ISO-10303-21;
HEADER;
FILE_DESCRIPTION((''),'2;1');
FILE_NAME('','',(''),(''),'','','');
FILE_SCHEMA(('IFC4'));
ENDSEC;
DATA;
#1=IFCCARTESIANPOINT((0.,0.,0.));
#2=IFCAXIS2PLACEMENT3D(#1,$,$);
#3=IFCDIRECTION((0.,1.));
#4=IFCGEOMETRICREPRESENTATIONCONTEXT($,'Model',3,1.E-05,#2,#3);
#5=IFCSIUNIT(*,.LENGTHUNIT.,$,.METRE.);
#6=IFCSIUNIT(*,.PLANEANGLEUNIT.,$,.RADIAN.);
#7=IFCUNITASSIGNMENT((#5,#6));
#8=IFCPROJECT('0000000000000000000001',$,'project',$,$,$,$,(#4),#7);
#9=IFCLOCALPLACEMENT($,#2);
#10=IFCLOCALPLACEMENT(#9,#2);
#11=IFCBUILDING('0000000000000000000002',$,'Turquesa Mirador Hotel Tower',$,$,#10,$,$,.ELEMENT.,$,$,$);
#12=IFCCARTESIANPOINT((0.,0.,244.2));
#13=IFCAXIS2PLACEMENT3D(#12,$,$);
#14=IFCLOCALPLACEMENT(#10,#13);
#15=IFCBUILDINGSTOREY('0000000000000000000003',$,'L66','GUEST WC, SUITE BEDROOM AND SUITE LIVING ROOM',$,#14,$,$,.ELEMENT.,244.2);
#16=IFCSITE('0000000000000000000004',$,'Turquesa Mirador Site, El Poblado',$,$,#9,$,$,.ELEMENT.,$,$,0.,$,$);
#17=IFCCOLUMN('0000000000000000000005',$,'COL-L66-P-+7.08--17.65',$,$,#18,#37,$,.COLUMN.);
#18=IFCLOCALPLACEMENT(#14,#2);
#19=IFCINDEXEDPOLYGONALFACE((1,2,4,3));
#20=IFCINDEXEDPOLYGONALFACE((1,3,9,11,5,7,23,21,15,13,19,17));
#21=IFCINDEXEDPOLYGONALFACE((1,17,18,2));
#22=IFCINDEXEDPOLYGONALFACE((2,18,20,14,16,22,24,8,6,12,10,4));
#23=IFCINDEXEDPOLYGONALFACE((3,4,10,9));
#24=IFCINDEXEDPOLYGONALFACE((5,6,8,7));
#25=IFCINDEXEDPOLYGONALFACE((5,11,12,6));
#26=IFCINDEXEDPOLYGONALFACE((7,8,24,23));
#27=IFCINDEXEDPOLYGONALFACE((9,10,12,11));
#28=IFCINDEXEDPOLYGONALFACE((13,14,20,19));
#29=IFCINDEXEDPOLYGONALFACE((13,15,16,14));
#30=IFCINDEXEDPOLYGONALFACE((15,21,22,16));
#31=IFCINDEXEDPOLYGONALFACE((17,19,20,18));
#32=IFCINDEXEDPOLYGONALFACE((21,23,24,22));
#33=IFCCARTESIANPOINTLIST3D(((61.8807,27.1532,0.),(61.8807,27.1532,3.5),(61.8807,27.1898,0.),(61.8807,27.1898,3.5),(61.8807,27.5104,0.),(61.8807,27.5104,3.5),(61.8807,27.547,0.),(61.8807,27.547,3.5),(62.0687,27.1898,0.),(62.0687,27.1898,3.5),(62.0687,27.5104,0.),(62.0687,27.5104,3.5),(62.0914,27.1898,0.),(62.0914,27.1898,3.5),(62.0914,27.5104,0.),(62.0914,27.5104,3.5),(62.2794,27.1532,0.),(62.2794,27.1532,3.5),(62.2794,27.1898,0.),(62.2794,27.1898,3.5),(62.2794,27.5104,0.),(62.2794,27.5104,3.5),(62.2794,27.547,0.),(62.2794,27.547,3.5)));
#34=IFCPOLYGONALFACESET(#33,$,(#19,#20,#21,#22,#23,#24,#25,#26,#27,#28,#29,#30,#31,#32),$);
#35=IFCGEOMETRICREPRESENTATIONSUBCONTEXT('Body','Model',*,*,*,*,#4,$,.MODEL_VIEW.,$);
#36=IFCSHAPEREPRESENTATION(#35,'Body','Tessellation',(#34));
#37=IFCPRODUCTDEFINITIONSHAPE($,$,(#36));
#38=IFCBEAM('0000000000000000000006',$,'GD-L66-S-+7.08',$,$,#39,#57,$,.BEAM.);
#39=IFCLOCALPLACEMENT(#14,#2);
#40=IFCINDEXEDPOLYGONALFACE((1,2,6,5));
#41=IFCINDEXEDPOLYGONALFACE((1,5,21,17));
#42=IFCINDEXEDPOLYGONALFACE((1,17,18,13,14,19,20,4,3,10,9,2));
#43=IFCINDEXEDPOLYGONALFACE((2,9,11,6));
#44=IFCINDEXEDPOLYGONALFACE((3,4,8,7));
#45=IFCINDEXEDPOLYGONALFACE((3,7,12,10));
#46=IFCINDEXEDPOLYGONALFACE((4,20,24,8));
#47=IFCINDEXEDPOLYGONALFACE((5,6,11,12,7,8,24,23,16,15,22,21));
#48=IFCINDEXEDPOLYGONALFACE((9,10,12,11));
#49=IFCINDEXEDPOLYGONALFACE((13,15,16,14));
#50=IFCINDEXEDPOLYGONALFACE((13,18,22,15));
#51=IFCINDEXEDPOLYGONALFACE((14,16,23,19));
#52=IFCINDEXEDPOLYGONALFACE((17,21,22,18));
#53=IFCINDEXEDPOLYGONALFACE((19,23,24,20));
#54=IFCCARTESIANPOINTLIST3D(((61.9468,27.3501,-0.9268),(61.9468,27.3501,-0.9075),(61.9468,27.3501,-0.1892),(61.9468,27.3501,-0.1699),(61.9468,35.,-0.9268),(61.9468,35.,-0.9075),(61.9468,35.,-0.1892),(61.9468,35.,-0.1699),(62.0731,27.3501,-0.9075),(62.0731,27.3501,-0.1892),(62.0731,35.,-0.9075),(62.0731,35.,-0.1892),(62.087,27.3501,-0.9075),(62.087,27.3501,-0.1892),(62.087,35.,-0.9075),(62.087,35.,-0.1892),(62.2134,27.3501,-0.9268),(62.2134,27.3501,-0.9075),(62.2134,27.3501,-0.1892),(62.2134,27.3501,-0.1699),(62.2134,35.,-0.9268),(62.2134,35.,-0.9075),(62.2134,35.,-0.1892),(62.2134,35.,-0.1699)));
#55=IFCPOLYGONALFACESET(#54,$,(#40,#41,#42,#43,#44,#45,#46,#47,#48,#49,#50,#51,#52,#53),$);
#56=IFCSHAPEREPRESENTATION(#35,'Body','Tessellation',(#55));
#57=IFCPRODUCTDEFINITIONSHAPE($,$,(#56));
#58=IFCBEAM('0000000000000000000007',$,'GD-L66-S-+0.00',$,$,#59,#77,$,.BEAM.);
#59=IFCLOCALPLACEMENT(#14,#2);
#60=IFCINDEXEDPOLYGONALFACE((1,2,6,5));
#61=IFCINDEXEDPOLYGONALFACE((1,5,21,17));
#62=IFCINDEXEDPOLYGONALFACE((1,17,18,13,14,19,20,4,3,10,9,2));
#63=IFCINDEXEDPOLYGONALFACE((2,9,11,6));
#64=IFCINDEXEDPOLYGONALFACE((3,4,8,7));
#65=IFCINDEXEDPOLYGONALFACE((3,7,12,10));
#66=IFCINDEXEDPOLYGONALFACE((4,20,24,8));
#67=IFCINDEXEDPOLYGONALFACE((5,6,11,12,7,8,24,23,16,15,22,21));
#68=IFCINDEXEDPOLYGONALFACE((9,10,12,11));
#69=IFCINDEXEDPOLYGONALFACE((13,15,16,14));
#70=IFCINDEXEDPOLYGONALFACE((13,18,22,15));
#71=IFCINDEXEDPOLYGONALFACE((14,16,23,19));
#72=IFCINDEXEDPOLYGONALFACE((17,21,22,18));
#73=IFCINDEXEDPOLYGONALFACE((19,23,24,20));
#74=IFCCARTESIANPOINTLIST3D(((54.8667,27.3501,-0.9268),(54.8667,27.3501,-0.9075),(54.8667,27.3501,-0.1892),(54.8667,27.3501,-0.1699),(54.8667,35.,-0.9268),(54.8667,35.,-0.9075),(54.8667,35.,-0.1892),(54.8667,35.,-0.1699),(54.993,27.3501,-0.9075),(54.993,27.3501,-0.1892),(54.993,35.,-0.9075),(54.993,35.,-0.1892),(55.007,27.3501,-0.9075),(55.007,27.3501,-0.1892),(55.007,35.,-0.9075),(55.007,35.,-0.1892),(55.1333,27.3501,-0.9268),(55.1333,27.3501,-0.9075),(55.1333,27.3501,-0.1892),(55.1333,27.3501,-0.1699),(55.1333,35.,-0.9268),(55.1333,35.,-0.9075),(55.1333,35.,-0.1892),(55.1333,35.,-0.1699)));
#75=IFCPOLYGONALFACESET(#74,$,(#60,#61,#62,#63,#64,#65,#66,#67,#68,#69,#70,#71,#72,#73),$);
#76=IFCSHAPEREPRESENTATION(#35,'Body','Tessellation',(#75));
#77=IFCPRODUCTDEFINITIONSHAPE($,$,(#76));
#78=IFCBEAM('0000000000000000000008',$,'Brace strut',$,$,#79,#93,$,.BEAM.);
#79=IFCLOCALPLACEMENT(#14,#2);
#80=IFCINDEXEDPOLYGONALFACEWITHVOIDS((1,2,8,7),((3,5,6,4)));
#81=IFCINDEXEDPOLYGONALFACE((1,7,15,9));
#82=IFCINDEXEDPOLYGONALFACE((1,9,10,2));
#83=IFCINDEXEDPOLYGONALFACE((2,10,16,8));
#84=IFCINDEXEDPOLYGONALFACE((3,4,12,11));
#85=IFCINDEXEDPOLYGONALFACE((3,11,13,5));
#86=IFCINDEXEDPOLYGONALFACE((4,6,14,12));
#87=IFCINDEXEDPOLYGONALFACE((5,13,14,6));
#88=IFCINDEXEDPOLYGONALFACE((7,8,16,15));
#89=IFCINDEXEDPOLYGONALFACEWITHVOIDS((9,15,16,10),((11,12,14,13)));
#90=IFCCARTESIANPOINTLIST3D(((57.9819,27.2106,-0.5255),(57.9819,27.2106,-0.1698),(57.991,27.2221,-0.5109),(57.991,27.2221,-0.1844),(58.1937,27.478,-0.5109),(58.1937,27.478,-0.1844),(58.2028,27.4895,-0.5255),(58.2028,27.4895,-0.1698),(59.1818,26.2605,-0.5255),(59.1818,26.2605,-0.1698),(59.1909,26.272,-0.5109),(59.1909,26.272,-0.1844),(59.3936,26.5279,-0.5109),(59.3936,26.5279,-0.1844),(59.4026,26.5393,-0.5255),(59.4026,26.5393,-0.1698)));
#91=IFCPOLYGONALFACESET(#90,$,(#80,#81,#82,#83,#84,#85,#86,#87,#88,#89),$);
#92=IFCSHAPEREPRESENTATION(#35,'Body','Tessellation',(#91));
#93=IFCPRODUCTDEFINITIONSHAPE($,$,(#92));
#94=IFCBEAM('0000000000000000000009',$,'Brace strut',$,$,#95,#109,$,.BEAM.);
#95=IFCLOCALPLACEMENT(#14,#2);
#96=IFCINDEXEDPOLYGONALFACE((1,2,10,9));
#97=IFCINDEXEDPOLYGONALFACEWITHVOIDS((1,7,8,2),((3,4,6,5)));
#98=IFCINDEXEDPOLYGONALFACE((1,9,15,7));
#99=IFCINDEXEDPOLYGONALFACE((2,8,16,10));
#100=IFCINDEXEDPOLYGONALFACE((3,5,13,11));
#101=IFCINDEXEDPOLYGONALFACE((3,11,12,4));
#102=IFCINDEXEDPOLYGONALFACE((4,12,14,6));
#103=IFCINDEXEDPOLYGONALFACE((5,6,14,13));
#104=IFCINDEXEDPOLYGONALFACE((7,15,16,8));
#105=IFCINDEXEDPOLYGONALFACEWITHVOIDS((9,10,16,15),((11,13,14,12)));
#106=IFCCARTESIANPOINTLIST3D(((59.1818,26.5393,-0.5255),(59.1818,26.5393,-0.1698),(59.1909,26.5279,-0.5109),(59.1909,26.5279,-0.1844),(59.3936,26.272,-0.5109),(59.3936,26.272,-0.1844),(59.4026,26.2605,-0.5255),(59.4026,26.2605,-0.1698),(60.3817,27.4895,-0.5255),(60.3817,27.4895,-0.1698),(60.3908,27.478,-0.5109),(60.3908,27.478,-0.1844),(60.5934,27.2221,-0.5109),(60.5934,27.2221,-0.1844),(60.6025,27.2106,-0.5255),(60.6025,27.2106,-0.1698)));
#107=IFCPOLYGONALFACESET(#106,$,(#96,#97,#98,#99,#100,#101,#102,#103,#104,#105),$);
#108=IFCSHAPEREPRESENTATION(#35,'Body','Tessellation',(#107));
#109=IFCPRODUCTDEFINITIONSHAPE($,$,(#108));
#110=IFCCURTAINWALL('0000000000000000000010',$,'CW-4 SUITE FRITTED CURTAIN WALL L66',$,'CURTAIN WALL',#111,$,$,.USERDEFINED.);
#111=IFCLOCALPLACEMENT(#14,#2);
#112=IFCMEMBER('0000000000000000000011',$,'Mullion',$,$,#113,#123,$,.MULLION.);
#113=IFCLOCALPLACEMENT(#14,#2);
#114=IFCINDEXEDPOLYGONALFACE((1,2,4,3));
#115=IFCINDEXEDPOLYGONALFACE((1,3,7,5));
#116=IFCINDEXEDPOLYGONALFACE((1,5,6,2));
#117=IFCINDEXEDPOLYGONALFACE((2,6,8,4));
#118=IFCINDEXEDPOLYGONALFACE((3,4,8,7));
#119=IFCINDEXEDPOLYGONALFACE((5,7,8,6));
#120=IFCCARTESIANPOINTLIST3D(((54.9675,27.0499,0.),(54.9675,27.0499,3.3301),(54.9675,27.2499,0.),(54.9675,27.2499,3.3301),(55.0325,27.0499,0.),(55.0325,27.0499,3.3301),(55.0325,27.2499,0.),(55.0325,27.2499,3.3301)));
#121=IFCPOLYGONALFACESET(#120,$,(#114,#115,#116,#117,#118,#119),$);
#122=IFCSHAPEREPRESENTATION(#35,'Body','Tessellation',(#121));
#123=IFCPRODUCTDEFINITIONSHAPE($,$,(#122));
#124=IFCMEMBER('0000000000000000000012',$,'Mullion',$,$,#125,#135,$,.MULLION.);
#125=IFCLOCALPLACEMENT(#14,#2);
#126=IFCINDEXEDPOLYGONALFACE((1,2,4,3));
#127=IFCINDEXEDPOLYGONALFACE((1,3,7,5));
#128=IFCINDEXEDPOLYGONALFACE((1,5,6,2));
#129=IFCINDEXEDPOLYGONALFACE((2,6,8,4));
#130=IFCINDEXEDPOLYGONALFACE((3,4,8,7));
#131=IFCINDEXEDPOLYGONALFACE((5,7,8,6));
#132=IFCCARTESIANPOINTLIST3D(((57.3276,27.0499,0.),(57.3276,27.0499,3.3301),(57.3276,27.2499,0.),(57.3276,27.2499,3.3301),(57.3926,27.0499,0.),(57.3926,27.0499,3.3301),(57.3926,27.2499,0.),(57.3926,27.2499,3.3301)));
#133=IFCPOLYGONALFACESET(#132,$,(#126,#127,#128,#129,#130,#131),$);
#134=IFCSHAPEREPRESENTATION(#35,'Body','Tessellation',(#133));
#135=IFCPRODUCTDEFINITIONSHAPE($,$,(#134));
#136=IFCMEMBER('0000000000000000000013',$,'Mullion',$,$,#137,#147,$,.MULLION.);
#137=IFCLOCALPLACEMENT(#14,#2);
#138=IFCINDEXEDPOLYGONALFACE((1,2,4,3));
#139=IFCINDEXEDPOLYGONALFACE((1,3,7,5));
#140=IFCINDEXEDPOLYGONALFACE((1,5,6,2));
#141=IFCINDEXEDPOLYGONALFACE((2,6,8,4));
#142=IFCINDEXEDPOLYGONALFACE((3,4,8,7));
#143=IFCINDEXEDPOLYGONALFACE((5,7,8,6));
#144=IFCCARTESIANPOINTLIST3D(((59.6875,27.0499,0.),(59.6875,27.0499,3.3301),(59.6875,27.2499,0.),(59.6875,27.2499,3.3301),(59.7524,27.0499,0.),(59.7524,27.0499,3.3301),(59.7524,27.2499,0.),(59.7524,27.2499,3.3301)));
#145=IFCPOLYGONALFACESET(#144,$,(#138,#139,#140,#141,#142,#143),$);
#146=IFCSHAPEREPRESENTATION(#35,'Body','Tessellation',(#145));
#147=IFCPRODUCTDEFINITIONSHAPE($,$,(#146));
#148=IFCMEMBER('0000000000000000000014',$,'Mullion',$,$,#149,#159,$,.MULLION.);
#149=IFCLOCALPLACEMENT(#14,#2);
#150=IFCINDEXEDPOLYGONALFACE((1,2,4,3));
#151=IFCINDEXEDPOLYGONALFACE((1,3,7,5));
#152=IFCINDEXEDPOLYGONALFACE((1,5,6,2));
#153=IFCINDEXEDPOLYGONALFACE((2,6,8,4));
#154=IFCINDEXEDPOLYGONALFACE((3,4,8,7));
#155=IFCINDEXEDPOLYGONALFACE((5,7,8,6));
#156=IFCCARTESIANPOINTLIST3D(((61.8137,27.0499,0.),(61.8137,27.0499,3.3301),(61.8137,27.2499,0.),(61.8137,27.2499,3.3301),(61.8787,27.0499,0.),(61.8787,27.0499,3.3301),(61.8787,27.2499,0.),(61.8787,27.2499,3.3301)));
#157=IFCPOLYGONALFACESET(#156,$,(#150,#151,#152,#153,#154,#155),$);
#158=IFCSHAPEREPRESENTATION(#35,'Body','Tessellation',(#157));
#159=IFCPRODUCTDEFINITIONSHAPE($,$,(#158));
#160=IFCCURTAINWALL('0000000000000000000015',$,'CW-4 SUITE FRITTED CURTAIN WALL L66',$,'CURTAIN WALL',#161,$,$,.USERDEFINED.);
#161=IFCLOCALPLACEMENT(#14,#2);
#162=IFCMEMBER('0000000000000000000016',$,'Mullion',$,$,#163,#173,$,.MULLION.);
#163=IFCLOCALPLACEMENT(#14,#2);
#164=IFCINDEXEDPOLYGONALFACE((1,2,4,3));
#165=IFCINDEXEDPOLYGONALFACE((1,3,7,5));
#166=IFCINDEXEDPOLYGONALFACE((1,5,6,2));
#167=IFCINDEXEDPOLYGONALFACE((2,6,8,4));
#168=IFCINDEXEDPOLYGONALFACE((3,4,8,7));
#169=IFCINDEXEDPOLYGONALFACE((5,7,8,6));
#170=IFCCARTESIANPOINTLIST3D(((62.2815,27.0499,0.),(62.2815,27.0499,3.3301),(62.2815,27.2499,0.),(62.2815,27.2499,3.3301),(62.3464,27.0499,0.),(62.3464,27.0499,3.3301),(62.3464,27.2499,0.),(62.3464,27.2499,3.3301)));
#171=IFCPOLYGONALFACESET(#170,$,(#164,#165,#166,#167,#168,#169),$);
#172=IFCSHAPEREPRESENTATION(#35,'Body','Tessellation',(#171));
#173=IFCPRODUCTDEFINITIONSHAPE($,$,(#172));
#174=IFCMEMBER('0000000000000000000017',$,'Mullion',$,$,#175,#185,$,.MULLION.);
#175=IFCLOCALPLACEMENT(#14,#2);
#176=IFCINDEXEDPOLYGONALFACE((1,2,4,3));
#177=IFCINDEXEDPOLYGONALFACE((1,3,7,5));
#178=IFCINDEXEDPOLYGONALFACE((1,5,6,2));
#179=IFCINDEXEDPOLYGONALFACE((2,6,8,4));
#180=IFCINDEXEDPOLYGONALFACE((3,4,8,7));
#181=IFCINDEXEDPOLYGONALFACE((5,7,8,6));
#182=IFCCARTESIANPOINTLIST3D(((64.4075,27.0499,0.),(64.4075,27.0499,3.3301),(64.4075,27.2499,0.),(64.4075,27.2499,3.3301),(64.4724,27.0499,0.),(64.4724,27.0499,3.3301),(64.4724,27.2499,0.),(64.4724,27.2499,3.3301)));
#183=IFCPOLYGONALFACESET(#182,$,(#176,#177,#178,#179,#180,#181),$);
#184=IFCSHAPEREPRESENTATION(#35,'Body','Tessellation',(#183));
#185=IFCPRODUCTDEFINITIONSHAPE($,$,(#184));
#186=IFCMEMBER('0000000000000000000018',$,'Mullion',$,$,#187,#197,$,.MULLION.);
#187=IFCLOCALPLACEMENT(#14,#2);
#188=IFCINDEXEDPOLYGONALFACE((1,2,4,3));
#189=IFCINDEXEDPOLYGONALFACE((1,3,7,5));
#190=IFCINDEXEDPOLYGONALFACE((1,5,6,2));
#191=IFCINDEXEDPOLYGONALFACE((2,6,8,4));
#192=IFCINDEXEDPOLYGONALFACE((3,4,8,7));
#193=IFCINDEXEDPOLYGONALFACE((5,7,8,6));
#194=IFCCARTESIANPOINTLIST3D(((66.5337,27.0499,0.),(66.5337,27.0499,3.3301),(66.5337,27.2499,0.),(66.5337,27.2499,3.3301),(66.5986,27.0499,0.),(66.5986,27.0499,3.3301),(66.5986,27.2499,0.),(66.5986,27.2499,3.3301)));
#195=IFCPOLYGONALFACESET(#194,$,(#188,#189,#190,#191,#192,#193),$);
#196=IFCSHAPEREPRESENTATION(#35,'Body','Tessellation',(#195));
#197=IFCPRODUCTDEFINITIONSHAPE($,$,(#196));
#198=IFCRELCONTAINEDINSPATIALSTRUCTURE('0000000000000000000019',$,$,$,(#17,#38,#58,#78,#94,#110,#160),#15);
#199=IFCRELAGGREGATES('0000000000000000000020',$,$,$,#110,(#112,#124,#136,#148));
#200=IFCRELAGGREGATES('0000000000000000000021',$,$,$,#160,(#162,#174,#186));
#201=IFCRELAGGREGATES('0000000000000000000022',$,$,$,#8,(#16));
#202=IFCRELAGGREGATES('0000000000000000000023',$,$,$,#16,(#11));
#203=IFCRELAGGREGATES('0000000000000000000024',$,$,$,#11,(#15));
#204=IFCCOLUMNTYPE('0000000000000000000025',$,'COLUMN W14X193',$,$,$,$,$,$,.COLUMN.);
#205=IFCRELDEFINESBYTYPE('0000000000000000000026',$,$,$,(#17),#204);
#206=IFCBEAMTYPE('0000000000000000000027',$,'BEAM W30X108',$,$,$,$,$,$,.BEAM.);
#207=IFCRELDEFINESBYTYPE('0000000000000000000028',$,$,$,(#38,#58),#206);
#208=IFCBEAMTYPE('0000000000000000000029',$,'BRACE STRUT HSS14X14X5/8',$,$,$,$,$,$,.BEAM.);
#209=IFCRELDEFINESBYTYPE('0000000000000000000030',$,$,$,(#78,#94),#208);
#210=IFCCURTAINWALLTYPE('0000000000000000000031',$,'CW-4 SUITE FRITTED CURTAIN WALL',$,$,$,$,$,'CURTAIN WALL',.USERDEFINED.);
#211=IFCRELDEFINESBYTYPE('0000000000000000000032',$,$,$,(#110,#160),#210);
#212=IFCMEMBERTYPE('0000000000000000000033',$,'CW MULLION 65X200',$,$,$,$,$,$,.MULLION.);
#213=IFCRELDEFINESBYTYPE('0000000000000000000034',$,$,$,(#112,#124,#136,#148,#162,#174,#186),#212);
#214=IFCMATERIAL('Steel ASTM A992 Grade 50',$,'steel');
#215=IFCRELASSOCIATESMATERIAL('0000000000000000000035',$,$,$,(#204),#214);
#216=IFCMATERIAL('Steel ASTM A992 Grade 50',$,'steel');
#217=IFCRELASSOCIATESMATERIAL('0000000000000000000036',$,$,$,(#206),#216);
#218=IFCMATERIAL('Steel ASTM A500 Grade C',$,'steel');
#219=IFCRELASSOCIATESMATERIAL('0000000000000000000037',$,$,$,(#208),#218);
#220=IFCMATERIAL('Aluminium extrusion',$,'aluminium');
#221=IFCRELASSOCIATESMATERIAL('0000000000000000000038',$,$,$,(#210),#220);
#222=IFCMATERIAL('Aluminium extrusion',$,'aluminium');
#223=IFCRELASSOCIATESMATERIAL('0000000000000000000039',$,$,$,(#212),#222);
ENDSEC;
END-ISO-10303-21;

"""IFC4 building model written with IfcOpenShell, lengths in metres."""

from ifc_helpers import new_model, si_unit, direction, frame, origin, origin_2d, place, context, subcontext, project, spatial, rectangle, hollow_rectangle, i_section, extrude, material, material_profile, profile_set, type_object, element, aggregate, save


model = new_model("IFC4")

# Units and contexts
model_context = context("Model", 3, precision=1e-05, world=origin(), true_north=direction((0.0, 1.0)))
body_context = subcontext(model_context, "Body", "Model", "MODEL_VIEW")
ifc_project = project(units=[si_unit("LENGTHUNIT", "METRE"), si_unit("PLANEANGLEUNIT", "RADIAN")], contexts=[model_context])

# Site, building, storey
site_placement = place(None, origin())
site = spatial("IfcSite", under=ifc_project, at=site_placement, Name="Turquesa Mirador Site, El Poblado", CompositionType="ELEMENT", RefElevation=0.0)
building_placement = place(site_placement, origin())
building = spatial("IfcBuilding", under=site, at=building_placement, Name="Turquesa Mirador Hotel Tower", CompositionType="ELEMENT")
storey_placement = place(building_placement, frame((0.0, 0.0, 244.2)))
storey = spatial("IfcBuildingStorey", under=building, at=storey_placement, Name="L66", Description="GUEST WC, SUITE BEDROOM AND SUITE LIVING ROOM", CompositionType="ELEMENT", Elevation=244.2)

# Column
ifc_material_1 = material(Name="Steel ASTM A992 Grade 50", Category="steel")
ifc_material_profile_1 = material_profile(ifc_material_1, i_section(OverallWidth=0.3987, OverallDepth=0.3938, WebThickness=0.0227, FlangeThickness=0.0366, at=origin_2d()), Name="W14X193")
ifc_profile_set_1 = profile_set([ifc_material_profile_1], Name="Steel ASTM A992 Grade 50")
column_type = type_object("IfcColumnType", Name="COLUMN W14X193", PredefinedType="COLUMN", material=ifc_profile_set_1)
column_placement = place(storey_placement, frame((62.0801, 27.3501, 0.0), z_axis=(0.0, 0.0, 1.0), x_axis=(1.0, 0.0, 0.0)))
element("IfcColumn", 1, at=column_placement, inside=storey, type_object=column_type, Name="COL-L66-P-+7.08--17.65", PredefinedType="COLUMN", context=body_context, shape_type="SweptSolid", body=[
    extrude(i_section(OverallWidth=0.3987, OverallDepth=0.3938, WebThickness=0.0227, FlangeThickness=0.0366, at=origin_2d()), origin(), (0.0, 0.0, 1.0), 3.5),
])

# Beams
ifc_material_2 = material(Name="Steel ASTM A992 Grade 50", Category="steel")
ifc_material_profile_2 = material_profile(ifc_material_2, i_section(OverallWidth=0.2666, OverallDepth=0.7568, WebThickness=0.0139, FlangeThickness=0.0193, at=origin_2d()), Name="W30X108")
ifc_profile_set_2 = profile_set([ifc_material_profile_2], Name="Steel ASTM A992 Grade 50")
beam_type_1 = type_object("IfcBeamType", Name="BEAM W30X108", PredefinedType="BEAM", material=ifc_profile_set_2)
for number, where, z_axis, x_axis, name in (
    (2, (62.0801, 27.3501, -0.5483), (0.0, 1.0, 0.0), (-1.0, 0.0, 0.0), "GD-L66-S-+7.08"),
    (3, (55.0, 27.3501, -0.5483), (0.0, 1.0, 0.0), (-1.0, 0.0, 0.0), "GD-L66-S-+0.00"),
):
    element("IfcBeam", number, at=place(storey_placement, frame(where, z_axis=z_axis, x_axis=x_axis)), inside=storey, type_object=beam_type_1, Name=name, PredefinedType="BEAM", context=body_context, shape_type="SweptSolid", body=[
        extrude(i_section(OverallWidth=0.2666, OverallDepth=0.7568, WebThickness=0.0139, FlangeThickness=0.0193, at=origin_2d()), origin(), (0.0, 0.0, 1.0), 7.6499),
    ])
ifc_material_3 = material(Name="Steel ASTM A500 Grade C", Category="steel")
ifc_material_profile_3 = material_profile(ifc_material_3, hollow_rectangle(XDim=0.3557, YDim=0.3557, WallThickness=0.0146, at=origin_2d()), Name="HSS14X14X5/8")
ifc_profile_set_3 = profile_set([ifc_material_profile_3], Name="Steel ASTM A500 Grade C")
beam_type_2 = type_object("IfcBeamType", Name="BRACE STRUT HSS14X14X5/8", PredefinedType="BEAM", material=ifc_profile_set_3)
for number, where, z_axis, x_axis, name in (
    (4, (59.2922, 26.3999, -0.3477), (-0.783971, 0.620797, 0.0), (-0.620797, -0.783971, 0.0), "Brace strut"),
    (5, (59.2922, 26.3999, -0.3477), (0.783971, 0.620797, 0.0), (-0.620797, 0.783971, 0.0), "Brace strut"),
):
    element("IfcBeam", number, at=place(storey_placement, frame(where, z_axis=z_axis, x_axis=x_axis)), inside=storey, type_object=beam_type_2, Name=name, PredefinedType="BEAM", context=body_context, shape_type="SweptSolid", body=[
        extrude(hollow_rectangle(XDim=0.3557, YDim=0.3557, WallThickness=0.0146, at=origin_2d()), origin(), (0.0, 0.0, 1.0), 1.5305),
    ])

# Curtain walls, members
ifc_material_4 = material(Name="Aluminium extrusion", Category="aluminium")
curtain_wall_type = type_object("IfcCurtainWallType", Name="CW-4 SUITE FRITTED CURTAIN WALL", ElementType="CURTAIN WALL", PredefinedType="USERDEFINED", material=ifc_material_4)
curtain_wall_1_placement = place(storey_placement, origin())
curtain_wall_1 = element("IfcCurtainWall", 6, at=curtain_wall_1_placement, inside=storey, type_object=curtain_wall_type, Name="CW-4 SUITE FRITTED CURTAIN WALL L66", ObjectType="CURTAIN WALL", PredefinedType="USERDEFINED")
ifc_material_5 = material(Name="Aluminium extrusion", Category="aluminium")
ifc_material_profile_4 = material_profile(ifc_material_5, rectangle(XDim=0.0649, YDim=0.2, at=origin_2d()), Name="MULLION 65X200")
ifc_profile_set_4 = profile_set([ifc_material_profile_4], Name="Aluminium extrusion")
member_type_1 = type_object("IfcMemberType", Name="CW MULLION 65X200", PredefinedType="MULLION", material=ifc_profile_set_4)
member_1_placement = place(storey_placement, frame((55.0, 27.1499, 0.0), z_axis=(0.0, 0.0, 1.0), x_axis=(1.0, 0.0, 0.0)))
member_1 = element("IfcMember", 7, at=member_1_placement, type_object=member_type_1, Name="Mullion", PredefinedType="MULLION", context=body_context, shape_type="SweptSolid", body=[
    extrude(rectangle(XDim=0.0649, YDim=0.2, at=origin_2d()), origin(), (0.0, 0.0, 1.0), 3.3301),
])
member_2_placement = place(storey_placement, frame((57.3601, 27.1499, 0.0), z_axis=(0.0, 0.0, 1.0), x_axis=(1.0, 0.0, 0.0)))
member_2 = element("IfcMember", 8, at=member_2_placement, type_object=member_type_1, Name="Mullion", PredefinedType="MULLION", context=body_context, shape_type="SweptSolid", body=[
    extrude(rectangle(XDim=0.0649, YDim=0.2, at=origin_2d()), origin(), (0.0, 0.0, 1.0), 3.3301),
])
member_3_placement = place(storey_placement, frame((59.72, 27.1499, 0.0), z_axis=(0.0, 0.0, 1.0), x_axis=(1.0, 0.0, 0.0)))
member_3 = element("IfcMember", 9, at=member_3_placement, type_object=member_type_1, Name="Mullion", PredefinedType="MULLION", context=body_context, shape_type="SweptSolid", body=[
    extrude(rectangle(XDim=0.0649, YDim=0.2, at=origin_2d()), origin(), (0.0, 0.0, 1.0), 3.3301),
])
member_4_placement = place(storey_placement, frame((61.8462, 27.1499, 0.0), z_axis=(0.0, 0.0, 1.0), x_axis=(1.0, 0.0, 0.0)))
member_4 = element("IfcMember", 10, at=member_4_placement, type_object=member_type_1, Name="Mullion", PredefinedType="MULLION", context=body_context, shape_type="SweptSolid", body=[
    extrude(rectangle(XDim=0.0649, YDim=0.2, at=origin_2d()), origin(), (0.0, 0.0, 1.0), 3.3301),
])
curtain_wall_2_placement = place(storey_placement, origin())
curtain_wall_2 = element("IfcCurtainWall", 11, at=curtain_wall_2_placement, inside=storey, type_object=curtain_wall_type, Name="CW-4 SUITE FRITTED CURTAIN WALL L66", ObjectType="CURTAIN WALL", PredefinedType="USERDEFINED")
member_5_placement = place(storey_placement, frame((62.314, 27.1499, 0.0), z_axis=(0.0, 0.0, 1.0), x_axis=(1.0, 0.0, 0.0)))
member_5 = element("IfcMember", 12, at=member_5_placement, type_object=member_type_1, Name="Mullion", PredefinedType="MULLION", context=body_context, shape_type="SweptSolid", body=[
    extrude(rectangle(XDim=0.0649, YDim=0.2, at=origin_2d()), origin(), (0.0, 0.0, 1.0), 3.3301),
])
member_6_placement = place(storey_placement, frame((64.4399, 27.1499, 0.0), z_axis=(0.0, 0.0, 1.0), x_axis=(1.0, 0.0, 0.0)))
member_6 = element("IfcMember", 13, at=member_6_placement, type_object=member_type_1, Name="Mullion", PredefinedType="MULLION", context=body_context, shape_type="SweptSolid", body=[
    extrude(rectangle(XDim=0.0649, YDim=0.2, at=origin_2d()), origin(), (0.0, 0.0, 1.0), 3.3301),
])
member_7_placement = place(storey_placement, frame((66.5662, 27.1499, 0.0), z_axis=(0.0, 0.0, 1.0), x_axis=(1.0, 0.0, 0.0)))
member_7 = element("IfcMember", 14, at=member_7_placement, type_object=member_type_1, Name="Mullion", PredefinedType="MULLION", context=body_context, shape_type="SweptSolid", body=[
    extrude(rectangle(XDim=0.0649, YDim=0.2, at=origin_2d()), origin(), (0.0, 0.0, 1.0), 3.3301),
])

aggregate(curtain_wall_1, [member_1, member_2, member_3, member_4])
aggregate(curtain_wall_2, [member_5, member_6, member_7])

save(model, "model.ifc")
